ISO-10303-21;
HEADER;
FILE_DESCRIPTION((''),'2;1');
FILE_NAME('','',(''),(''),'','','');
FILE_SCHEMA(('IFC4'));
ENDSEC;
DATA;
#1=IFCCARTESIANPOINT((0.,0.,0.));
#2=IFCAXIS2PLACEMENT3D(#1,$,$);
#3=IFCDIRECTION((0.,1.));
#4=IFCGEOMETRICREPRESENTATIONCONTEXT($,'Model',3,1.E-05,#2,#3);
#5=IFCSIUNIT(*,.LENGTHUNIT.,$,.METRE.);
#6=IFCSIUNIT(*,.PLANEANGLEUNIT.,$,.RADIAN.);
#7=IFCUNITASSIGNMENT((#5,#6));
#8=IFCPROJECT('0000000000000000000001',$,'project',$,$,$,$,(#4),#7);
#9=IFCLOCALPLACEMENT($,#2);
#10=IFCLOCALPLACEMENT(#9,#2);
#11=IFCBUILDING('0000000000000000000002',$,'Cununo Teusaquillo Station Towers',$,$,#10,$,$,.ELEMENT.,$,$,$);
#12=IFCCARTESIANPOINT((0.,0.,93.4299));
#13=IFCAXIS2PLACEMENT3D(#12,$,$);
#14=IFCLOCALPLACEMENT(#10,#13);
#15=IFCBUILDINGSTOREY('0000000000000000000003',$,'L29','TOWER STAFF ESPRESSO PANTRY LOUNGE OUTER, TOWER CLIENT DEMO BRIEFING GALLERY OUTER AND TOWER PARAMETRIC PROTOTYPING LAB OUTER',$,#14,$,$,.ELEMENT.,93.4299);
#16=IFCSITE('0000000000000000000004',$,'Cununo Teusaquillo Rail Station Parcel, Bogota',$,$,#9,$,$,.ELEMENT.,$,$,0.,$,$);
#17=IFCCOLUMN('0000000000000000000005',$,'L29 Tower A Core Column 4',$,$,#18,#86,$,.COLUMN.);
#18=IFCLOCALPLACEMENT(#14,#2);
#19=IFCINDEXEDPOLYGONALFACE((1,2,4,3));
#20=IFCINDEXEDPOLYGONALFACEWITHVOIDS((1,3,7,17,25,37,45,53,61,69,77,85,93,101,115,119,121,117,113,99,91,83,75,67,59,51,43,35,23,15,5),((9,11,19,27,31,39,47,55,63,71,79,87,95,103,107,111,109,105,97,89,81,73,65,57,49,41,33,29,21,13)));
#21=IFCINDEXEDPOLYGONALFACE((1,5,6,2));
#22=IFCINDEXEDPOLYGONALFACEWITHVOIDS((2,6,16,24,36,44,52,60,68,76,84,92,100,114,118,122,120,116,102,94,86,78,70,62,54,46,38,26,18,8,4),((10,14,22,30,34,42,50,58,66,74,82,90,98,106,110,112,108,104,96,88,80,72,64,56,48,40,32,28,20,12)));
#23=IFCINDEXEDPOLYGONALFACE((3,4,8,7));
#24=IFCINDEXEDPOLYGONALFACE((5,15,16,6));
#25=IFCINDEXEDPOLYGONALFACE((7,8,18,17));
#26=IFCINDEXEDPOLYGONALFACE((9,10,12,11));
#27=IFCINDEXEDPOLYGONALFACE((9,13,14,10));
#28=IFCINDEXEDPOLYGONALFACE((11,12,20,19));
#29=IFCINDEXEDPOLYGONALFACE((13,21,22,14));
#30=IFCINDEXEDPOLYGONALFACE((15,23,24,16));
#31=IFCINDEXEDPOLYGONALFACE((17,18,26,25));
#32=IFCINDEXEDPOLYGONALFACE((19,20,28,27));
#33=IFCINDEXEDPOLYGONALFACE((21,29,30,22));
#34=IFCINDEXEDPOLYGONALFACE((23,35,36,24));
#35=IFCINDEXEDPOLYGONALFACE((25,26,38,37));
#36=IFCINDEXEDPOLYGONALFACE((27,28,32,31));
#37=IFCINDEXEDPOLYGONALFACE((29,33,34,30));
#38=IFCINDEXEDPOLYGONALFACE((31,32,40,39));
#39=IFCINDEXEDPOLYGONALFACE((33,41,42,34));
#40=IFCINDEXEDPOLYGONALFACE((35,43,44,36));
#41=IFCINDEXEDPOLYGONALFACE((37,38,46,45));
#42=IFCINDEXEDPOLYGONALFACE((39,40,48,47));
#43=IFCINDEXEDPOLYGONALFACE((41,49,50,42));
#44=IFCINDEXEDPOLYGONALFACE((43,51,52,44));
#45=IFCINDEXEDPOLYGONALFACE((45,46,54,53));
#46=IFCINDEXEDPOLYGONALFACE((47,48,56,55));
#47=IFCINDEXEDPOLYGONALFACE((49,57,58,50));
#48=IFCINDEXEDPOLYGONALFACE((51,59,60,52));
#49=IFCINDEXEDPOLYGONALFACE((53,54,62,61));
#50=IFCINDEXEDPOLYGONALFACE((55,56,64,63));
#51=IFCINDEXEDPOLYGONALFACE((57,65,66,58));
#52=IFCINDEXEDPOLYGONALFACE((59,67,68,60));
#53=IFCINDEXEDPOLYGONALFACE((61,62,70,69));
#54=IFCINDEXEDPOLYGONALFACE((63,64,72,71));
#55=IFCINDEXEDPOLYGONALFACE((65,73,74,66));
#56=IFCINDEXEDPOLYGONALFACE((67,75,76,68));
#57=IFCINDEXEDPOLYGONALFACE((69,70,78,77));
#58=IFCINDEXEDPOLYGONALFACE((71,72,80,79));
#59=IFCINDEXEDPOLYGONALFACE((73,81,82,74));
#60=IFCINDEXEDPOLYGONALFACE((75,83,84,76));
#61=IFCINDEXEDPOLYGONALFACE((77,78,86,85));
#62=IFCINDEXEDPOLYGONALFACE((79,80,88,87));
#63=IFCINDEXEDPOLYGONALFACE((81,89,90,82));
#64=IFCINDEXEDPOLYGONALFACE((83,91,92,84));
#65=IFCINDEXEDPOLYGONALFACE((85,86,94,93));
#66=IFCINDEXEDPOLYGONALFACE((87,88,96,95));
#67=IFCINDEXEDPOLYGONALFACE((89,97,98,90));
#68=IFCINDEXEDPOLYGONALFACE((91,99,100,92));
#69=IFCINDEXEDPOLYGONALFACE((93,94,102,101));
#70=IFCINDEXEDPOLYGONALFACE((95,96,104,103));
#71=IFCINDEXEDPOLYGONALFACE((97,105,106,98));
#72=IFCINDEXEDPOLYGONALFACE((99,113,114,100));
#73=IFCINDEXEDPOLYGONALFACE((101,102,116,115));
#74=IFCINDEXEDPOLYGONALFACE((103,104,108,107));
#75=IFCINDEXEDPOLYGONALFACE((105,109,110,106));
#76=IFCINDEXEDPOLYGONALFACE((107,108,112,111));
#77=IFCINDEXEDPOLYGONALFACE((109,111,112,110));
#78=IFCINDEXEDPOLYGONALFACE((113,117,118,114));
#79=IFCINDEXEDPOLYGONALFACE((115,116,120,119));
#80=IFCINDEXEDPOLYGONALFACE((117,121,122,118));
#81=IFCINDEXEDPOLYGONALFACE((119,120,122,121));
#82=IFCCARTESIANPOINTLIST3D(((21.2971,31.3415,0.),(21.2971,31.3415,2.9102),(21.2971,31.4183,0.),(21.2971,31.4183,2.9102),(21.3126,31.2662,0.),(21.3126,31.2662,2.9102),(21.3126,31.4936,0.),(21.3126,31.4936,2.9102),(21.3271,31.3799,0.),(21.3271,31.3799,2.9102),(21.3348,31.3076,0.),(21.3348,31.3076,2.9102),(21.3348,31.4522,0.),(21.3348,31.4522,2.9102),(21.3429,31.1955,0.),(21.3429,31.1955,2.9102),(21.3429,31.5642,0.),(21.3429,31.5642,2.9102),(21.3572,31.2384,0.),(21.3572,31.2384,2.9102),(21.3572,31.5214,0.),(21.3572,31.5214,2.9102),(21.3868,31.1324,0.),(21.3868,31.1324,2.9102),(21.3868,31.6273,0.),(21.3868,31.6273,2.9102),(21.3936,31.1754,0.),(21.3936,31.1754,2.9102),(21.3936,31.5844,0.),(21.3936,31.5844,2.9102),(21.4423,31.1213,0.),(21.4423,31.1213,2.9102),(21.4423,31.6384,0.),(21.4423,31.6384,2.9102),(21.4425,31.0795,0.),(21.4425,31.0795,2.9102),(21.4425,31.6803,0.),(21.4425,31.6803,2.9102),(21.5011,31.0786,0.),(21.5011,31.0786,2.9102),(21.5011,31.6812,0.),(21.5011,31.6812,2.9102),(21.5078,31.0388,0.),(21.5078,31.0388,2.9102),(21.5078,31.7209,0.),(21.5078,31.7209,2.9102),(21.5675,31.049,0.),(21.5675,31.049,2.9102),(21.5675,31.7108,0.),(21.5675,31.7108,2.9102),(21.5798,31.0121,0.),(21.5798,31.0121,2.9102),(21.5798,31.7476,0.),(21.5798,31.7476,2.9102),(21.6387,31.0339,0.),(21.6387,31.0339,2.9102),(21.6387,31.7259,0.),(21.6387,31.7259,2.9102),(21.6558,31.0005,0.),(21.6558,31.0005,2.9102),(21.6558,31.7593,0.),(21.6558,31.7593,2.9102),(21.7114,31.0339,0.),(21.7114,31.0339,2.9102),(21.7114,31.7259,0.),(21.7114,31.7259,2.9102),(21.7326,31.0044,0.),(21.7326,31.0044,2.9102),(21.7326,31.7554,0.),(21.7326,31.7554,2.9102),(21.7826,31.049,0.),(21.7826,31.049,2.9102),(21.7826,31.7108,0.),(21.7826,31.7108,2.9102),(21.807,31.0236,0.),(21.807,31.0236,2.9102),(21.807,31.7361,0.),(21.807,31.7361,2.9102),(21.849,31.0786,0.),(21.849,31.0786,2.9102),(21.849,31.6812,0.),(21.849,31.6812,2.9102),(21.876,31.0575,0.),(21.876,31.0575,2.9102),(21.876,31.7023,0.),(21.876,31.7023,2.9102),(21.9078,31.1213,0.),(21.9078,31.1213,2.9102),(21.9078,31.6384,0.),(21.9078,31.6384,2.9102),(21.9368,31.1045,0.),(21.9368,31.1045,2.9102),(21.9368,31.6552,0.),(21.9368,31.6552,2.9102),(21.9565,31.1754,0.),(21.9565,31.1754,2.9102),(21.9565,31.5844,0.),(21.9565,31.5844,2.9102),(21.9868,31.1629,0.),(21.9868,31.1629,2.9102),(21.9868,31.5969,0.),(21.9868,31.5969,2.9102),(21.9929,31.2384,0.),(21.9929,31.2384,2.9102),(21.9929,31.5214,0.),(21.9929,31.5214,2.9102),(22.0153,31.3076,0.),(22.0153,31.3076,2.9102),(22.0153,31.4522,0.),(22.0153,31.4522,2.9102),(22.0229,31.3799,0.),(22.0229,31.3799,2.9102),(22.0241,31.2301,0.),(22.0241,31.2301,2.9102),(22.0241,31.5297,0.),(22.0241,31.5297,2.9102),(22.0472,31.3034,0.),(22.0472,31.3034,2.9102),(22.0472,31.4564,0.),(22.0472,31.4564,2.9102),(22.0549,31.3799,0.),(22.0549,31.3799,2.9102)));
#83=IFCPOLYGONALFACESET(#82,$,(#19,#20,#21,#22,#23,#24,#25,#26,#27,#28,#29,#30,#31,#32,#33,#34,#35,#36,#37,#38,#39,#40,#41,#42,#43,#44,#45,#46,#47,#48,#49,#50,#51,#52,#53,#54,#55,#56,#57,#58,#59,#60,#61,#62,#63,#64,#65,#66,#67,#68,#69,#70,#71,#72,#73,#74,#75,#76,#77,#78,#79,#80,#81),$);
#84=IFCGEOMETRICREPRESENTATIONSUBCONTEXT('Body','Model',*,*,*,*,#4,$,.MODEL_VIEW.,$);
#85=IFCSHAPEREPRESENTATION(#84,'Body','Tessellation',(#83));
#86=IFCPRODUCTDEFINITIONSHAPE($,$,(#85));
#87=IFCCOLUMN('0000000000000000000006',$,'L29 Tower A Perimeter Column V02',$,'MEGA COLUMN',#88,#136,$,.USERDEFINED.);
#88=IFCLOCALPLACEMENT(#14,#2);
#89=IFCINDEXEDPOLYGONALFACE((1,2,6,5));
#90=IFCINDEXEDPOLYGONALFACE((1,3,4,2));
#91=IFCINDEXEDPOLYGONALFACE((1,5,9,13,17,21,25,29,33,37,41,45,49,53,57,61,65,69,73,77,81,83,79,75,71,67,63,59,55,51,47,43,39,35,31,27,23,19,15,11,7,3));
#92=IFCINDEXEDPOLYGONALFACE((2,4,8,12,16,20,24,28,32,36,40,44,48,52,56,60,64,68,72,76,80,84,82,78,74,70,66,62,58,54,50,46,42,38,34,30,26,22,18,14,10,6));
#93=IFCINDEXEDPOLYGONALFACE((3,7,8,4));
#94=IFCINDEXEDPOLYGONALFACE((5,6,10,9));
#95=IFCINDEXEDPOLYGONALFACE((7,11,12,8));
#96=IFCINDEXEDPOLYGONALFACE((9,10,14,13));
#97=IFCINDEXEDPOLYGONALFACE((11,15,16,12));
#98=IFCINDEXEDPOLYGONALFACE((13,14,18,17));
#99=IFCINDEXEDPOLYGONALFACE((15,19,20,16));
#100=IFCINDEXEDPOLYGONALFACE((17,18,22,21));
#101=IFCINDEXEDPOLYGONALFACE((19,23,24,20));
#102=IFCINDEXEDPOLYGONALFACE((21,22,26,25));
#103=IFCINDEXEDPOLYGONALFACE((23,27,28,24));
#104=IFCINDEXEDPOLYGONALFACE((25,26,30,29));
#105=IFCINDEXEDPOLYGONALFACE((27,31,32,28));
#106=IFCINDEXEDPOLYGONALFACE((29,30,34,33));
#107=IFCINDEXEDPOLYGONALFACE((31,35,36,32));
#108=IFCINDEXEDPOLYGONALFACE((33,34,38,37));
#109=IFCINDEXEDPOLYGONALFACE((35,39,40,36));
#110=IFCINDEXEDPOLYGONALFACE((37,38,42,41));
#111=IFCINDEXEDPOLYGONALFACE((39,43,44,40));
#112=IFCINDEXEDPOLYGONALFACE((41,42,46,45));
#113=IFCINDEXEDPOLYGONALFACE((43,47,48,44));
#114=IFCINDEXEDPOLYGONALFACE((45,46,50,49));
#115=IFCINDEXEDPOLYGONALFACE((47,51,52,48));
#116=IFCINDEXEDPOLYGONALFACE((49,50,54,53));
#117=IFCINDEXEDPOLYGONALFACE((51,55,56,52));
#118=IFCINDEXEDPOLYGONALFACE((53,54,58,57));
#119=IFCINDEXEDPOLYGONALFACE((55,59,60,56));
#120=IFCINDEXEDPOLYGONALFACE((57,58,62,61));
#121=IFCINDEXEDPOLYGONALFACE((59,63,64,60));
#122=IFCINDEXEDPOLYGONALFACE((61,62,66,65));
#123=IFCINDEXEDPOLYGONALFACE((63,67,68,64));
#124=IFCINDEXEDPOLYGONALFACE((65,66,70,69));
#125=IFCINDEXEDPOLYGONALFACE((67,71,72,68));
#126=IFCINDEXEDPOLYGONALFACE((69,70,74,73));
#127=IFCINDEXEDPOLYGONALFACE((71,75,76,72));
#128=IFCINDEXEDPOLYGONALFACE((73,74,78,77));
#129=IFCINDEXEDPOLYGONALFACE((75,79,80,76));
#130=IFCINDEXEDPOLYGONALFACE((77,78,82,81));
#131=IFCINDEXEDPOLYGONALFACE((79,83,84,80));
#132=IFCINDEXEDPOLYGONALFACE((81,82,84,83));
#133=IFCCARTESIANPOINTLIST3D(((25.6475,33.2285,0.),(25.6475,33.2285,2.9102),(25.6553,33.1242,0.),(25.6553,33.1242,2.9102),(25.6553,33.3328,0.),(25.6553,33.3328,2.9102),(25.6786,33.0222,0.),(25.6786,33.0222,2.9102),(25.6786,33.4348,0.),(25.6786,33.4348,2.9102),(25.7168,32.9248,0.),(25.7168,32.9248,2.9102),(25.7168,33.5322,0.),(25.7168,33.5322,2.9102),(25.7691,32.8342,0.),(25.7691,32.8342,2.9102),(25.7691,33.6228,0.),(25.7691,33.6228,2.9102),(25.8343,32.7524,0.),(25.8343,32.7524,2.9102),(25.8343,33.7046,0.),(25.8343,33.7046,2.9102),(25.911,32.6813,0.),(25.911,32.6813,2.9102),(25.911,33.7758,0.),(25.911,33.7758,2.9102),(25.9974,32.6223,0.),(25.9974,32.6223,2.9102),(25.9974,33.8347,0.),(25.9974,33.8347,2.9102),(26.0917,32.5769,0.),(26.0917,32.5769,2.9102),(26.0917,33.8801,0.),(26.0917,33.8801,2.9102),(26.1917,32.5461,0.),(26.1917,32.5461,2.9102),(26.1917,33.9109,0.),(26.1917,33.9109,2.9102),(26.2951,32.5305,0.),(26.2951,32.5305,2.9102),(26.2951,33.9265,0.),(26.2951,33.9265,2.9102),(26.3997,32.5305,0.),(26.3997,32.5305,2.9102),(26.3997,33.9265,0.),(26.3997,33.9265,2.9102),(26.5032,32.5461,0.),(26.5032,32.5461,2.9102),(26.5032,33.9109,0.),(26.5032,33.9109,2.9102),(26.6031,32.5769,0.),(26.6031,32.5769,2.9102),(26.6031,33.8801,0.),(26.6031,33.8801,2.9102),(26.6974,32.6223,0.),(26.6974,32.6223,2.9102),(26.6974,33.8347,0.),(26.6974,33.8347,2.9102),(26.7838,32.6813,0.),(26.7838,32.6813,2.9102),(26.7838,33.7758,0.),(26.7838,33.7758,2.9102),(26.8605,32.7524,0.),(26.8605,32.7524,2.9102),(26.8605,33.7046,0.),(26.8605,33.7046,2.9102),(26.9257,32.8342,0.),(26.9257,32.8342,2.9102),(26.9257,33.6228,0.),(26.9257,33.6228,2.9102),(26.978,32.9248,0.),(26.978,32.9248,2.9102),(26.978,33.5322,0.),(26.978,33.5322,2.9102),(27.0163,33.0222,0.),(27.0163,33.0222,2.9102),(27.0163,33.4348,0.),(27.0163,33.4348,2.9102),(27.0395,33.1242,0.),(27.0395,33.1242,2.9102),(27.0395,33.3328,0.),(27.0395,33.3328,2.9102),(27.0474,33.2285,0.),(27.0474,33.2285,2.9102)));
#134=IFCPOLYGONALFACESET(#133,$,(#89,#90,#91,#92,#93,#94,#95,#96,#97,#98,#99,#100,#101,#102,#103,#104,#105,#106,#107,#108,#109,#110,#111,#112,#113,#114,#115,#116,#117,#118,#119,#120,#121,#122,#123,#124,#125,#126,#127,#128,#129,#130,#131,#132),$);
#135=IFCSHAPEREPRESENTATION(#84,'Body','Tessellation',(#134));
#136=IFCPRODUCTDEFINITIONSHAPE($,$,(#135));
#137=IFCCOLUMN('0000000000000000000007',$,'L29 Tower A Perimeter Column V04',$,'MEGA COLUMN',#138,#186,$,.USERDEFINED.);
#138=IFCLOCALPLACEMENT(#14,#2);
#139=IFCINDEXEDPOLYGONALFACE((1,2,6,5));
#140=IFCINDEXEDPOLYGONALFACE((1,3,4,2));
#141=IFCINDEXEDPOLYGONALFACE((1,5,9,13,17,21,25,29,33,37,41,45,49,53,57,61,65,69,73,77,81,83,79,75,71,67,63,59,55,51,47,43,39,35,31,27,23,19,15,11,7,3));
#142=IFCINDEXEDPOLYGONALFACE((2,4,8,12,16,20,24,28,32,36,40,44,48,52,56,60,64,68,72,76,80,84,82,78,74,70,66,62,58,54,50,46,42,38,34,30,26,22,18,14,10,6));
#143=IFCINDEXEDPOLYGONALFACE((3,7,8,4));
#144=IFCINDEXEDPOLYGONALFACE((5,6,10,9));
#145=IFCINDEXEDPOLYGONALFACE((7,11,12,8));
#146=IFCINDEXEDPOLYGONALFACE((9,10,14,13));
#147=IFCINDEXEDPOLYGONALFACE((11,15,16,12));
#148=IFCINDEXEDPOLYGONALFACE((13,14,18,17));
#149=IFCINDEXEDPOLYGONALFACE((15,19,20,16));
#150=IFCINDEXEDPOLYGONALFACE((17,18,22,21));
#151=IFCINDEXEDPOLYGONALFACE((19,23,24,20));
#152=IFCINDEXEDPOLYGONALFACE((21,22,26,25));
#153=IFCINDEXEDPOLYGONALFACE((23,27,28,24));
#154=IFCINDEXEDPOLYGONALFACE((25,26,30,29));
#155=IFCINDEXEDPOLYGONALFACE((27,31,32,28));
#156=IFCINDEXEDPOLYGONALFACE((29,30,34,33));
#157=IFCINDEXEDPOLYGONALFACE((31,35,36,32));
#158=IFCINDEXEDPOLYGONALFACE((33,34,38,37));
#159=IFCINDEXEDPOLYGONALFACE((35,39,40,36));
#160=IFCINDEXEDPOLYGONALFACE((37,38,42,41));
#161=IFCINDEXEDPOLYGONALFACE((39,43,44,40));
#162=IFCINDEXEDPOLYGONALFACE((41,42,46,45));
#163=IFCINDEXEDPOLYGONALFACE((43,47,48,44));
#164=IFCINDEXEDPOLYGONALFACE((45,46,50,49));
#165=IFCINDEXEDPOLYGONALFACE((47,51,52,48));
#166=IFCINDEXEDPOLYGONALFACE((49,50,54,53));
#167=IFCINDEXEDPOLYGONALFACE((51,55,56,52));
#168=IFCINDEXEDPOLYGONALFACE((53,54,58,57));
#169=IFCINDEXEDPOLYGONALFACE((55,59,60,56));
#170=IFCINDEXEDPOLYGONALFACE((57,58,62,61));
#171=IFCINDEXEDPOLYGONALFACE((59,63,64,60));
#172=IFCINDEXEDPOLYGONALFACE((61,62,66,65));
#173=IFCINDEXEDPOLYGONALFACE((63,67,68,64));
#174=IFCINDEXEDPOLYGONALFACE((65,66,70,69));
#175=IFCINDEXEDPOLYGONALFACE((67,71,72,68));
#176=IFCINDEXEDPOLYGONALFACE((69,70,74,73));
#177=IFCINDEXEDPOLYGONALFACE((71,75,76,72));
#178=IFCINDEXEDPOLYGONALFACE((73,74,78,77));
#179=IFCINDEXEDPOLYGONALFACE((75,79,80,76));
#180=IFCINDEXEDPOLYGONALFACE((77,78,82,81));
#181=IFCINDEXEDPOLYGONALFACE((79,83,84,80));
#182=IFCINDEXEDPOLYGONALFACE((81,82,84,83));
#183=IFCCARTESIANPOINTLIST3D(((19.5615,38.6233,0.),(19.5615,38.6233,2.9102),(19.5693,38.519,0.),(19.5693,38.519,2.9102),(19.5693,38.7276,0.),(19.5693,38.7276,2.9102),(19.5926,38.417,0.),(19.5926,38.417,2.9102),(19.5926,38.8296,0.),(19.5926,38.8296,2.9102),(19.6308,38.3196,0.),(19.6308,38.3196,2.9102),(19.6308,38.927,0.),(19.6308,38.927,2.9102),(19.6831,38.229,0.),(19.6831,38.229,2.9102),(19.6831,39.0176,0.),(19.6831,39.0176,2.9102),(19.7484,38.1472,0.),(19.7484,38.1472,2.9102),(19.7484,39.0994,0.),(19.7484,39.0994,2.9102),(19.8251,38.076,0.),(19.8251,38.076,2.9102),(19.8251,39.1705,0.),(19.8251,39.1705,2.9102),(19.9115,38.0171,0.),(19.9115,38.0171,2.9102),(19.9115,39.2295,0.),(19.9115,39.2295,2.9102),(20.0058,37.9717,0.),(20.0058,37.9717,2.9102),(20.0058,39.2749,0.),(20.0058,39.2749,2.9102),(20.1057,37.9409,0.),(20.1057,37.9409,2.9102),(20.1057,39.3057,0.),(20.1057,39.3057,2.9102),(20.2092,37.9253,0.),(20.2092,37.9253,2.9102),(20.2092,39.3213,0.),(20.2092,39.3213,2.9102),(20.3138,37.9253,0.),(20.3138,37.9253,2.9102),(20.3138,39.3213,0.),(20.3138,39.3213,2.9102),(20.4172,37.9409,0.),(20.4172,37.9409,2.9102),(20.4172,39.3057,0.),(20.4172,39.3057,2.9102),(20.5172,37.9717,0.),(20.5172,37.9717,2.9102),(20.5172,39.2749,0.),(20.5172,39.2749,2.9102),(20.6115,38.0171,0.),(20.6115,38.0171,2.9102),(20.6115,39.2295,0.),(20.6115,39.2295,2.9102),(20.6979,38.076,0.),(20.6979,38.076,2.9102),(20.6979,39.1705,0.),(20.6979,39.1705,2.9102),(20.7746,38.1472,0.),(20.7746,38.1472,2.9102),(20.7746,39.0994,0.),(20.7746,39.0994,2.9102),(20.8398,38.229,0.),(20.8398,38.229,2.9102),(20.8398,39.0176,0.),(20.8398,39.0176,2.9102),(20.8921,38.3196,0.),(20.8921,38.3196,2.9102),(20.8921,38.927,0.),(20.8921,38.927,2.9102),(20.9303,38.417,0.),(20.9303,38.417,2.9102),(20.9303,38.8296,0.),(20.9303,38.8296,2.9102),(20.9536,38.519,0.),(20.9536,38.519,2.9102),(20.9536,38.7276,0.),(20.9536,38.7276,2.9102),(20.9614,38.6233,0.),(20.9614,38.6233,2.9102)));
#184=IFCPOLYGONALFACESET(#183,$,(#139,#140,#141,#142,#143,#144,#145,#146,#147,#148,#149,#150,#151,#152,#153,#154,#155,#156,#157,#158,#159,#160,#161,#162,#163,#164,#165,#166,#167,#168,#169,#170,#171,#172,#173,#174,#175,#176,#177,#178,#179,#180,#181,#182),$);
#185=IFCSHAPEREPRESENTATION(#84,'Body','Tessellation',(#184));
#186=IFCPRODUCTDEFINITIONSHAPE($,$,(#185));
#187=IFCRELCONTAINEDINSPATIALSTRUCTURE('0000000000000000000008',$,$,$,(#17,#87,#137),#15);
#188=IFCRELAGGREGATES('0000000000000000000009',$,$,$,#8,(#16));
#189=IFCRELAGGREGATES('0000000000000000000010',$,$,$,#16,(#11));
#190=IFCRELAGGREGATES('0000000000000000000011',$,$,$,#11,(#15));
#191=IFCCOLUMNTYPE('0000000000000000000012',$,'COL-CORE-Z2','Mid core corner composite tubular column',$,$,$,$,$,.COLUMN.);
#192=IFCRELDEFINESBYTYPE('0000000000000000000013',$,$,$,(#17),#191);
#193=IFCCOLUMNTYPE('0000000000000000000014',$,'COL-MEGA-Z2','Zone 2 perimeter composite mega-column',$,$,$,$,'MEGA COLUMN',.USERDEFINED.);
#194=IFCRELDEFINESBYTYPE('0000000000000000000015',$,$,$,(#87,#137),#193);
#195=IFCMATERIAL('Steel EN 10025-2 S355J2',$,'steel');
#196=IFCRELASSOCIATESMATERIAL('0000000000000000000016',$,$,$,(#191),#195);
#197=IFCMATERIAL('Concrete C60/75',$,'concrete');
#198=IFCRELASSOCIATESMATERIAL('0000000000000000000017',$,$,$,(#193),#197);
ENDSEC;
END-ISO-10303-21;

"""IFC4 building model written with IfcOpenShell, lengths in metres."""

from ifc_helpers import new_model, si_unit, direction, frame, origin, origin_2d, place, context, subcontext, project, spatial, circle, hollow_circle, extrude, material, material_profile, profile_set, type_object, element, save


model = new_model("IFC4")

# Units and contexts
model_context = context("Model", 3, precision=1e-05, world=origin(), true_north=direction((0.0, 1.0)))
body_context = subcontext(model_context, "Body", "Model", "MODEL_VIEW")
ifc_project = project(units=[si_unit("LENGTHUNIT", "METRE"), si_unit("PLANEANGLEUNIT", "RADIAN")], contexts=[model_context])

# Site, building, storey
site_placement = place(None, origin())
site = spatial("IfcSite", under=ifc_project, at=site_placement, Name="Cununo Teusaquillo Rail Station Parcel, Bogota", CompositionType="ELEMENT", RefElevation=0.0)
building_placement = place(site_placement, origin())
building = spatial("IfcBuilding", under=site, at=building_placement, Name="Cununo Teusaquillo Station Towers", CompositionType="ELEMENT")
storey_placement = place(building_placement, frame((0.0, 0.0, 93.4299)))
storey = spatial("IfcBuildingStorey", under=building, at=storey_placement, Name="L29", Description="TOWER STAFF ESPRESSO PANTRY LOUNGE OUTER, TOWER CLIENT DEMO BRIEFING GALLERY OUTER AND TOWER PARAMETRIC PROTOTYPING LAB OUTER", CompositionType="ELEMENT", Elevation=93.4299)

# Columns
ifc_material_1 = material(Name="Steel EN 10025-2 S355J2", Category="steel")
ifc_material_profile_1 = material_profile(ifc_material_1, hollow_circle(Radius=0.3799, WallThickness=0.032, at=origin_2d()), Name="CHS 760x32")
ifc_profile_set_1 = profile_set([ifc_material_profile_1], Name="Steel EN 10025-2 S355J2")
column_type_1 = type_object("IfcColumnType", Name="COL-CORE-Z2", Description="Mid core corner composite tubular column", PredefinedType="COLUMN", material=ifc_profile_set_1)
column_placement = place(storey_placement, frame((21.675, 31.3799, 0.0), z_axis=(0.0, 0.0, 1.0), x_axis=(1.0, 0.0, 0.0)))
element("IfcColumn", 1, at=column_placement, inside=storey, type_object=column_type_1, Name="L29 Tower A Core Column 4", PredefinedType="COLUMN", context=body_context, shape_type="SweptSolid", body=[
    extrude(hollow_circle(Radius=0.3799, WallThickness=0.032, at=origin_2d()), origin(), (0.0, 0.0, 1.0), 2.9102),
])
ifc_material_2 = material(Name="Concrete C60/75", Category="concrete")
ifc_material_profile_2 = material_profile(ifc_material_2, circle(Radius=0.7, at=origin_2d()), Name="RC-CIRC-1400")
ifc_profile_set_2 = profile_set([ifc_material_profile_2], Name="Concrete C60/75")
column_type_2 = type_object("IfcColumnType", Name="COL-MEGA-Z2", Description="Zone 2 perimeter composite mega-column", ElementType="MEGA COLUMN", PredefinedType="USERDEFINED", material=ifc_profile_set_2)
for number, where, z_axis, x_axis, name in (
    (2, (26.3474, 33.2285, 0.0), (0.0, 0.0, 1.0), (1.0, 0.0, 0.0), "L29 Tower A Perimeter Column V02"),
    (3, (20.2615, 38.6233, 0.0), (0.0, 0.0, 1.0), (1.0, 0.0, 0.0), "L29 Tower A Perimeter Column V04"),
):
    element("IfcColumn", number, at=place(storey_placement, frame(where, z_axis=z_axis, x_axis=x_axis)), inside=storey, type_object=column_type_2, Name=name, ObjectType="MEGA COLUMN", PredefinedType="USERDEFINED", context=body_context, shape_type="SweptSolid", body=[
        extrude(circle(Radius=0.7, at=origin_2d()), origin(), (0.0, 0.0, 1.0), 2.9102),
    ])

save(model, "model.ifc")
